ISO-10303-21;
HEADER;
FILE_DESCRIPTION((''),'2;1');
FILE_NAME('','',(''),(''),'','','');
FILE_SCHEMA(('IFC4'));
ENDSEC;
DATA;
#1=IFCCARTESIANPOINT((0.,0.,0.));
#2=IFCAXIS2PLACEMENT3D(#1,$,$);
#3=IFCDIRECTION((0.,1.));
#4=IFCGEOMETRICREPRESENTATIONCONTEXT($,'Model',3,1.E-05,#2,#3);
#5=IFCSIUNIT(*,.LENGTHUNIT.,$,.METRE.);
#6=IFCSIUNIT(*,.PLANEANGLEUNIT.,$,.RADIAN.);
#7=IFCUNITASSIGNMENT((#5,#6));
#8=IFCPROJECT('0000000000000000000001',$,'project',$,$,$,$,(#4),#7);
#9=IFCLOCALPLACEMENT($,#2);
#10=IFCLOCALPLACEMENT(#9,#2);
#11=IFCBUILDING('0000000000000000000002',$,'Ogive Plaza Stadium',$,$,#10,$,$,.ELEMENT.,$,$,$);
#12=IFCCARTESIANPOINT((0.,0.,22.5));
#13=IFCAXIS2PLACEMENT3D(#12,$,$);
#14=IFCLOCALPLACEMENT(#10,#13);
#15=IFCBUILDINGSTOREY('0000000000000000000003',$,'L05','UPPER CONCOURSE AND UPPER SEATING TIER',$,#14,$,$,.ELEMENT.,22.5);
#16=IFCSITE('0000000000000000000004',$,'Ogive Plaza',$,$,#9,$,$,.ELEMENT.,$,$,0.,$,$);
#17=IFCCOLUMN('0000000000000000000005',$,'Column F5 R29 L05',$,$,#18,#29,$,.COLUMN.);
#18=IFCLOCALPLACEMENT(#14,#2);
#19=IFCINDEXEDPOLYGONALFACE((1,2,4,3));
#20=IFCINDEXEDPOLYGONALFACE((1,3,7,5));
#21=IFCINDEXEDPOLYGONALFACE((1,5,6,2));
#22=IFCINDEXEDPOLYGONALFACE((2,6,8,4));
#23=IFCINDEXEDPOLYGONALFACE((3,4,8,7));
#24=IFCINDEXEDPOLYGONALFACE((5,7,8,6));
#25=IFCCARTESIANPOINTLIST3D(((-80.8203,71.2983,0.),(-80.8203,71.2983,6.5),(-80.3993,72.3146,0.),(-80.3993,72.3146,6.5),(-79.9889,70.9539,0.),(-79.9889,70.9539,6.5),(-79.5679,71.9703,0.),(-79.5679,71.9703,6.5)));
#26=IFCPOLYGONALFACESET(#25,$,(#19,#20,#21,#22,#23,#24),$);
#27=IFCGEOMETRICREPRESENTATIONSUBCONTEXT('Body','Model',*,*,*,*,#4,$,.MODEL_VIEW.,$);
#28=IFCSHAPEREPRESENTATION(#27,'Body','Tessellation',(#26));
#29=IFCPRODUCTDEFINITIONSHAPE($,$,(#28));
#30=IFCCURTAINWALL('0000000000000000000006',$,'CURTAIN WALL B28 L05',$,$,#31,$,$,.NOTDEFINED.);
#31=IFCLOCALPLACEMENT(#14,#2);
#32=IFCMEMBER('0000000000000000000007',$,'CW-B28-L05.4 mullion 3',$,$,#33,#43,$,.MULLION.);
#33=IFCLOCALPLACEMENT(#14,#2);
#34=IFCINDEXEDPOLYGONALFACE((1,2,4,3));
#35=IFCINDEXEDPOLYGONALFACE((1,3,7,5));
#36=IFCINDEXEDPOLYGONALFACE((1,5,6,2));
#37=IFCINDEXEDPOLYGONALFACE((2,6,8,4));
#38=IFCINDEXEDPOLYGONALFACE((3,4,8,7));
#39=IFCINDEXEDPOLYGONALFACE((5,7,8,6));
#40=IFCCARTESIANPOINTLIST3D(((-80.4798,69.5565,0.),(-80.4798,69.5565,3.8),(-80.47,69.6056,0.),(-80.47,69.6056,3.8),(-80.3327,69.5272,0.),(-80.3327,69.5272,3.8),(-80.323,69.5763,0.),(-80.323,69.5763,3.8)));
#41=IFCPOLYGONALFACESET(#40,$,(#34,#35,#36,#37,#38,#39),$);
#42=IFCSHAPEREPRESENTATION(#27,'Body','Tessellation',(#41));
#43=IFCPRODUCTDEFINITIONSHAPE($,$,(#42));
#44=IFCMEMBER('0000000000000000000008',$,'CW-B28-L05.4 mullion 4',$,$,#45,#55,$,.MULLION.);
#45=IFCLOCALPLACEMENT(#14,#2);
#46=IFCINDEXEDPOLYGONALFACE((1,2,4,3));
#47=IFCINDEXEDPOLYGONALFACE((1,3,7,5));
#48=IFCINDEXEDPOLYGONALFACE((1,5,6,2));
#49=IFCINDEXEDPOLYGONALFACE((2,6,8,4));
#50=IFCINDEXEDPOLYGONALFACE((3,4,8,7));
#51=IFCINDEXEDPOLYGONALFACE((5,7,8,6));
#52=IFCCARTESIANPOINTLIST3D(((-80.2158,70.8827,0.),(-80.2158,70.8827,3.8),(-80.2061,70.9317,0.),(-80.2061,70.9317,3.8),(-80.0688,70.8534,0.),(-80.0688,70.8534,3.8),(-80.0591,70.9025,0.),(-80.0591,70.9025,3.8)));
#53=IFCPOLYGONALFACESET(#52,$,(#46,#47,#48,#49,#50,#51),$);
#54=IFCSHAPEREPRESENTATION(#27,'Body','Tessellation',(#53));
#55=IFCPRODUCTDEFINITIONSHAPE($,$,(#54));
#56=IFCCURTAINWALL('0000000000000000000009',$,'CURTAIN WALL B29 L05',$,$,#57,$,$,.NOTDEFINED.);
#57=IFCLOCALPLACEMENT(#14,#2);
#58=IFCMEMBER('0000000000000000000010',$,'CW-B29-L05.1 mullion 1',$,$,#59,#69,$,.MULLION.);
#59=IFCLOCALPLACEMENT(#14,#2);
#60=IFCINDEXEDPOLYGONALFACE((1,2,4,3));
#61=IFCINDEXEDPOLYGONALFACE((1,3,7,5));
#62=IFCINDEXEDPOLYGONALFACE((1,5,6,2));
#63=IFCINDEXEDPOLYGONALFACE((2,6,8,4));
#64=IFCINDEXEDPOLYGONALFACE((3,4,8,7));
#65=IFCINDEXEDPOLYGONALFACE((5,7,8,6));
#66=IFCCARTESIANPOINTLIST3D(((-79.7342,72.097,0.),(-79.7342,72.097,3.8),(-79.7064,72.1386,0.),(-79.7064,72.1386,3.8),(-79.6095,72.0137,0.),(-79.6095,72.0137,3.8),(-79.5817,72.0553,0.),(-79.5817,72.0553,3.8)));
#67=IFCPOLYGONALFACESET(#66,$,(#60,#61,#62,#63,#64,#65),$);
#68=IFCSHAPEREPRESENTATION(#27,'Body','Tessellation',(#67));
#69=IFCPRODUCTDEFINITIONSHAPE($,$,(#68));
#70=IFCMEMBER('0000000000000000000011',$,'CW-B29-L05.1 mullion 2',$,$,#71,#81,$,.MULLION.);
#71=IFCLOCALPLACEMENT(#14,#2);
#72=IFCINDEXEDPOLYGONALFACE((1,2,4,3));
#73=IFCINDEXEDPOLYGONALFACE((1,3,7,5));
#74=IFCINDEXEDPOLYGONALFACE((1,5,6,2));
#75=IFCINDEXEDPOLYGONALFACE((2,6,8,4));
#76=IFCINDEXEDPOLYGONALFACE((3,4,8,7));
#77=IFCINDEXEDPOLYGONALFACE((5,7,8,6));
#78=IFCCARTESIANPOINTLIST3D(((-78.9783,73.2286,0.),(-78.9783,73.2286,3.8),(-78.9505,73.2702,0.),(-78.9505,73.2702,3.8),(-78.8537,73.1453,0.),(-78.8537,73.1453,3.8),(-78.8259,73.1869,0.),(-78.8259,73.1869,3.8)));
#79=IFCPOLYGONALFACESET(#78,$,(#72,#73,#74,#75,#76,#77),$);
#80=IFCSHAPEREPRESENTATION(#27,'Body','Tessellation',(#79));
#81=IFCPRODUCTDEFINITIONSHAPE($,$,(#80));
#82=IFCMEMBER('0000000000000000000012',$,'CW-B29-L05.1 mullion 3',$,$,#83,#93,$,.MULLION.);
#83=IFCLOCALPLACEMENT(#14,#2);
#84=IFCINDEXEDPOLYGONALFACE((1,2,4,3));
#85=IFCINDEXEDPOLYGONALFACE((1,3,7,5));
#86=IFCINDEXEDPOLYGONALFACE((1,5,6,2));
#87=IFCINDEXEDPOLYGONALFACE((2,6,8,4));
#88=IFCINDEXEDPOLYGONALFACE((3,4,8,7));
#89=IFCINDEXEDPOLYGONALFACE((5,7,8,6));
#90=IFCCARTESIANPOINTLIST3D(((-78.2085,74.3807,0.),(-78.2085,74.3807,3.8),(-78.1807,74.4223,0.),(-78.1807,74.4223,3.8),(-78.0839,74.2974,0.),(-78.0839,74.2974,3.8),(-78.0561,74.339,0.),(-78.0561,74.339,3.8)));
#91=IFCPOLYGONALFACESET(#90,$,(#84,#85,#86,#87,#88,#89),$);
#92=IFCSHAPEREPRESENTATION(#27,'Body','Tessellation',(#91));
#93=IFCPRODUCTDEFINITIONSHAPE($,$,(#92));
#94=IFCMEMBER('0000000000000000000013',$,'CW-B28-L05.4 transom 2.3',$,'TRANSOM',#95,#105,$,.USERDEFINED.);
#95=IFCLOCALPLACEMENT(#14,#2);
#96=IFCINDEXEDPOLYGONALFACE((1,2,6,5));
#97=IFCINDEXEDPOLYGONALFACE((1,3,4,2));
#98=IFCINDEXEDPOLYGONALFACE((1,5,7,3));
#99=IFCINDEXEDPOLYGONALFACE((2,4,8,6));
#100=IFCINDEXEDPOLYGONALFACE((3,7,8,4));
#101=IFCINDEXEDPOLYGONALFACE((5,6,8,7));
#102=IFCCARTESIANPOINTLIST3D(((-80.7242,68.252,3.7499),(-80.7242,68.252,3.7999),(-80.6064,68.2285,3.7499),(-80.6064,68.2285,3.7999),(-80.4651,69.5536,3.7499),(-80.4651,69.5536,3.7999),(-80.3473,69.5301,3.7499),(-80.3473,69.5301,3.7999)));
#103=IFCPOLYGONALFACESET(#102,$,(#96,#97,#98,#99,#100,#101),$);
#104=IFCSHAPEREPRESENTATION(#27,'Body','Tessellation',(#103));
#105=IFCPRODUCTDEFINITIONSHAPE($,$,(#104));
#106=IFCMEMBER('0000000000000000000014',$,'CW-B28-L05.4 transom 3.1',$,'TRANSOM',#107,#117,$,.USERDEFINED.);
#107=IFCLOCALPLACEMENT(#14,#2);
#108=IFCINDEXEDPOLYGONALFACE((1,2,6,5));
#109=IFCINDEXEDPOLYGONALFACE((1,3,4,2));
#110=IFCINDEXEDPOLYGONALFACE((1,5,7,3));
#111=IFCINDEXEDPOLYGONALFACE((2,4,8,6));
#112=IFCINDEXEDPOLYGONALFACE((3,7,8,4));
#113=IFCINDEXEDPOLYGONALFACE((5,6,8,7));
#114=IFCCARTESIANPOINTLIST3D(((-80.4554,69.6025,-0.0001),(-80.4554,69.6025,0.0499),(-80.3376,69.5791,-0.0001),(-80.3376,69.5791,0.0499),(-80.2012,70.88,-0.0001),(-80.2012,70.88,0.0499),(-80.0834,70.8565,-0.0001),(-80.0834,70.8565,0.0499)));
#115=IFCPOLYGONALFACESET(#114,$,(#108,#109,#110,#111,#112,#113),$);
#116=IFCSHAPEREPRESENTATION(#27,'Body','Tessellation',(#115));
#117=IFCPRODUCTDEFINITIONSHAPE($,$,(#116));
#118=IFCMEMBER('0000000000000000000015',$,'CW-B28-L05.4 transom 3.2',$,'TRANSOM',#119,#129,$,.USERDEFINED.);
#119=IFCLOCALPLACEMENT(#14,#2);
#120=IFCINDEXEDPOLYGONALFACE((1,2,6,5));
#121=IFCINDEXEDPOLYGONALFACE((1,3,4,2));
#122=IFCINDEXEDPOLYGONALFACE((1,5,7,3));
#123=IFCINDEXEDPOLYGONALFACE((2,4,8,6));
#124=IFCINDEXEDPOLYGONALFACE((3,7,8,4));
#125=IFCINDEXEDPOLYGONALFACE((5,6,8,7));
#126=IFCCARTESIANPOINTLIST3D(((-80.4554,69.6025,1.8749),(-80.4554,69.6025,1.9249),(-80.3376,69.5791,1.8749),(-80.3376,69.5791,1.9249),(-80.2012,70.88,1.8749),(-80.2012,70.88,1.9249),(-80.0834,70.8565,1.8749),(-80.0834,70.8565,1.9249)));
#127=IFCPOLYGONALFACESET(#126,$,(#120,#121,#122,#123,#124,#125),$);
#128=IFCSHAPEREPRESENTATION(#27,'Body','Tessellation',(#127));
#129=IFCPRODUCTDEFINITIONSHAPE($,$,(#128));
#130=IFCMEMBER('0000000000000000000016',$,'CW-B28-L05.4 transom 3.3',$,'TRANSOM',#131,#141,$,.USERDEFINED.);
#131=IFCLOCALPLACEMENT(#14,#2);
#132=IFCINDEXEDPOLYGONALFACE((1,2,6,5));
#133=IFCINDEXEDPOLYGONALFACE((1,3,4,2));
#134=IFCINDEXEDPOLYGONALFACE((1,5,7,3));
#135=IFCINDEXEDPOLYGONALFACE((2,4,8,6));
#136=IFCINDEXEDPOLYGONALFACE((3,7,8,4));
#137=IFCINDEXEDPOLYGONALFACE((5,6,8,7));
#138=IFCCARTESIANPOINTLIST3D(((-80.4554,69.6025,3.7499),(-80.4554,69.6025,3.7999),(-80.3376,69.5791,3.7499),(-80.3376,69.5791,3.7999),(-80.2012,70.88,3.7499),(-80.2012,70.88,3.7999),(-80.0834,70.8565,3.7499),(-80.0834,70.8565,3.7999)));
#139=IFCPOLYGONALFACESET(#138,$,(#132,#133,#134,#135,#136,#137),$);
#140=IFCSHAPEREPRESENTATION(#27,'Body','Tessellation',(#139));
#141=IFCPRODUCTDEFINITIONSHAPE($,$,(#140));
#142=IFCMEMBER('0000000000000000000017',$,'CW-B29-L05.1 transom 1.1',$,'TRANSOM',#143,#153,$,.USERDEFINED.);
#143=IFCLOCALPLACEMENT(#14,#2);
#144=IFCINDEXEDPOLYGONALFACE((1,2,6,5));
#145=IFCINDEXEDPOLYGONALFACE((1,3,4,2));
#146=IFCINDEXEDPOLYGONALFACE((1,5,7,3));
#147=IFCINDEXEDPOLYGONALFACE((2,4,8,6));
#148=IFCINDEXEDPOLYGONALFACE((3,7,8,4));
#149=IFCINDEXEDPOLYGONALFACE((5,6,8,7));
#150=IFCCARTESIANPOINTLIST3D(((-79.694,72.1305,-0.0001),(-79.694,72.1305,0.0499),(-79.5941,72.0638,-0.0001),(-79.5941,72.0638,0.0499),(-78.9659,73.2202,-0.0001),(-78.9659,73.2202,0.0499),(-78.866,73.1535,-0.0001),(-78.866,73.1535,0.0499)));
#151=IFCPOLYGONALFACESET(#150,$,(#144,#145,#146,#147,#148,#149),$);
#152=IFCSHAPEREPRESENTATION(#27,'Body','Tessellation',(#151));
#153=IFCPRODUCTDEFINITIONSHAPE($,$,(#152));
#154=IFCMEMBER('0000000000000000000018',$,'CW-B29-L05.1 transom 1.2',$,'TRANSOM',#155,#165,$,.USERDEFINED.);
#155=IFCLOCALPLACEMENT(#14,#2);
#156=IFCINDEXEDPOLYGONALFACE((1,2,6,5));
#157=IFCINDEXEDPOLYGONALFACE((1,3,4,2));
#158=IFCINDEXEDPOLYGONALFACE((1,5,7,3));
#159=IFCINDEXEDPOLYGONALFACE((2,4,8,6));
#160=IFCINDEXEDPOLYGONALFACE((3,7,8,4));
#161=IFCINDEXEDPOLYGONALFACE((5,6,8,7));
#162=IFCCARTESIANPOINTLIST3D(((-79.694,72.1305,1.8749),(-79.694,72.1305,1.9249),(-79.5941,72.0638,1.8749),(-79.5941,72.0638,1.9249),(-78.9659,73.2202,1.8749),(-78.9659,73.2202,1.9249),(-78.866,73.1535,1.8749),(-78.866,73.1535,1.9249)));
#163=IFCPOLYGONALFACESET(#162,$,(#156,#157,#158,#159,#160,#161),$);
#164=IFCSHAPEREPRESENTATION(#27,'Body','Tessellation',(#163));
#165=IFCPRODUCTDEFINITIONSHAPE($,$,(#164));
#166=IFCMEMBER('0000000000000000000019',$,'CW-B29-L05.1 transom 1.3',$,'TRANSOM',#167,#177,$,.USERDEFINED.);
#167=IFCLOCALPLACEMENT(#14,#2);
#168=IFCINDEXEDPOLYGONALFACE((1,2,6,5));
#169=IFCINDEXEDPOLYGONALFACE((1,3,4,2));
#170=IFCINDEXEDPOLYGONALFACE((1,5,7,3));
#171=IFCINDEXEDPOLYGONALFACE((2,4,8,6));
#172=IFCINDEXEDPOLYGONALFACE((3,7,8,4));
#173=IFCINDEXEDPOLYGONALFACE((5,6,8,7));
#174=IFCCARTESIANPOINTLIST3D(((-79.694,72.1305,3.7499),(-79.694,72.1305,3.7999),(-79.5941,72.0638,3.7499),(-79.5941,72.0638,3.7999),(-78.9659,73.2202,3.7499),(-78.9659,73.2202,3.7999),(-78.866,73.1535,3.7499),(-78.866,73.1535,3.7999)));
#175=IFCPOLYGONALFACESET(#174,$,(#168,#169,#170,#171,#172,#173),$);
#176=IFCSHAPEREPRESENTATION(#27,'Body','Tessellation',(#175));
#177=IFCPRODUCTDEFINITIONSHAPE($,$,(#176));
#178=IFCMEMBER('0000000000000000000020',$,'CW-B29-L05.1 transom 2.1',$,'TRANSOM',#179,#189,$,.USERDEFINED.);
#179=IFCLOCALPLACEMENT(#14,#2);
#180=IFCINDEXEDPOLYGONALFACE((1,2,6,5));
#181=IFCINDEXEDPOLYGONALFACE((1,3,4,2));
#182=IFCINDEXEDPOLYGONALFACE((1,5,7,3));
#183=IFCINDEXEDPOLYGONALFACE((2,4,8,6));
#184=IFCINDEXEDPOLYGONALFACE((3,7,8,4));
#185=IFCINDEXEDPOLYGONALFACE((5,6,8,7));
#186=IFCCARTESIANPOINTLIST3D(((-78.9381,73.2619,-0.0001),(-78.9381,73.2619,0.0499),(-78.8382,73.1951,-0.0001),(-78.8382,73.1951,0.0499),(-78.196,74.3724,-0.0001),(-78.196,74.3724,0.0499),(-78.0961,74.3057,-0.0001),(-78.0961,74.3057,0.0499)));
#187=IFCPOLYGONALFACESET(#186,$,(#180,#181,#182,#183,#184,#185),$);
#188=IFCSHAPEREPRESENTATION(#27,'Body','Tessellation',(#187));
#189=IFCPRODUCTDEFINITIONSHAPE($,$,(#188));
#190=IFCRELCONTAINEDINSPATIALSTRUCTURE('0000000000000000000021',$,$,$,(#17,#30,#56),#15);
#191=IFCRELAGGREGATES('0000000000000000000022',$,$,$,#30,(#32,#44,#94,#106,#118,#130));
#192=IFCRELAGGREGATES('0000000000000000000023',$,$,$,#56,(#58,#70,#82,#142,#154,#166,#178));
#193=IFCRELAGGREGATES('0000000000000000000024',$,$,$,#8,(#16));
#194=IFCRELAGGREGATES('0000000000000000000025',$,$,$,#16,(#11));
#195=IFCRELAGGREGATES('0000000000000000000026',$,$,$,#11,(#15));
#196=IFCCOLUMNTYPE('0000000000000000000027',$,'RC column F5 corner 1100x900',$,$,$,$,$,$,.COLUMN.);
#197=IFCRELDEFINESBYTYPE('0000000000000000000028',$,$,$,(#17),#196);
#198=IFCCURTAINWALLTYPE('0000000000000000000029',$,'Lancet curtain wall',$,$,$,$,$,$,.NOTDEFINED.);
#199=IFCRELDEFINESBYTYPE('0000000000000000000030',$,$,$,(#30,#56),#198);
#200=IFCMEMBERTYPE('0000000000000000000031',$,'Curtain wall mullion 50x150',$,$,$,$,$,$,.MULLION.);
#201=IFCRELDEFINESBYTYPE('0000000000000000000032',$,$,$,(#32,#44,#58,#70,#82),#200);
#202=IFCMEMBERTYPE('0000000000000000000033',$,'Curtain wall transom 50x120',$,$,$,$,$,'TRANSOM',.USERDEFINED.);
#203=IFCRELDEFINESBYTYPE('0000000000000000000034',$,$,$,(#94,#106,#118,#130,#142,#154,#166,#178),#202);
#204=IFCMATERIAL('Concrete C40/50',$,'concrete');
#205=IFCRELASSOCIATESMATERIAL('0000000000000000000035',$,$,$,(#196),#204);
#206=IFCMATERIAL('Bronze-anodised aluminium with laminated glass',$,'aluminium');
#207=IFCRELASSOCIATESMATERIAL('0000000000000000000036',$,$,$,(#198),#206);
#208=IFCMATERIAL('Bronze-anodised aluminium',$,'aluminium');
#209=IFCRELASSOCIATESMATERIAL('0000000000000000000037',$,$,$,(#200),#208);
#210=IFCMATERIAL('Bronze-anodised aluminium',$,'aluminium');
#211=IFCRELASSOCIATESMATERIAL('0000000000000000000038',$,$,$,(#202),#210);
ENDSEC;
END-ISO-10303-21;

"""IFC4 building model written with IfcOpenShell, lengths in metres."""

from ifc_helpers import new_model, si_unit, direction, frame, origin, origin_2d, place, context, subcontext, project, spatial, rectangle, extrude, material, material_profile, profile_set, type_object, element, aggregate, save


model = new_model("IFC4")

# Units and contexts
model_context = context("Model", 3, precision=1e-05, world=origin(), true_north=direction((0.0, 1.0)))
body_context = subcontext(model_context, "Body", "Model", "MODEL_VIEW")
ifc_project = project(units=[si_unit("LENGTHUNIT", "METRE"), si_unit("PLANEANGLEUNIT", "RADIAN")], contexts=[model_context])

# Site, building, storey
site_placement = place(None, origin())
site = spatial("IfcSite", under=ifc_project, at=site_placement, Name="Ogive Plaza", CompositionType="ELEMENT", RefElevation=0.0)
building_placement = place(site_placement, origin())
building = spatial("IfcBuilding", under=site, at=building_placement, Name="Ogive Plaza Stadium", CompositionType="ELEMENT")
storey_placement = place(building_placement, frame((0.0, 0.0, 22.5)))
storey = spatial("IfcBuildingStorey", under=building, at=storey_placement, Name="L05", Description="UPPER CONCOURSE AND UPPER SEATING TIER", CompositionType="ELEMENT", Elevation=22.5)

# Column
ifc_material_1 = material(Name="Concrete C40/50", Category="concrete")
ifc_material_profile_1 = material_profile(ifc_material_1, rectangle(XDim=1.1001, YDim=0.8999, at=origin_2d()), Name="RC 1100x900")
ifc_profile_set_1 = profile_set([ifc_material_profile_1], Name="Concrete C40/50")
column_type = type_object("IfcColumnType", Name="RC column F5 corner 1100x900", PredefinedType="COLUMN", material=ifc_profile_set_1)
column_placement = place(storey_placement, frame((-80.1941, 71.6343, 0.0), z_axis=(0.0, 0.0, 1.0), x_axis=(-0.382683, -0.92388, 0.0)))
element("IfcColumn", 1, at=column_placement, inside=storey, type_object=column_type, Name="Column F5 R29 L05", PredefinedType="COLUMN", context=body_context, shape_type="SweptSolid", body=[
    extrude(rectangle(XDim=1.1001, YDim=0.8999, at=origin_2d()), origin(), (0.0, 0.0, 1.0), 6.5),
])

# Curtain walls, members
ifc_material_2 = material(Name="Bronze-anodised aluminium with laminated glass", Category="aluminium")
curtain_wall_type = type_object("IfcCurtainWallType", Name="Lancet curtain wall", PredefinedType="NOTDEFINED", material=ifc_material_2)
curtain_wall_1_placement = place(storey_placement, origin())
curtain_wall_1 = element("IfcCurtainWall", 2, at=curtain_wall_1_placement, inside=storey, type_object=curtain_wall_type, Name="CURTAIN WALL B28 L05", PredefinedType="NOTDEFINED")
ifc_material_3 = material(Name="Bronze-anodised aluminium", Category="aluminium")
ifc_material_profile_2 = material_profile(ifc_material_3, rectangle(XDim=0.1499, YDim=0.05, at=origin_2d()), Name="AL 150x50")
ifc_profile_set_2 = profile_set([ifc_material_profile_2], Name="Bronze-anodised aluminium")
member_type_1 = type_object("IfcMemberType", Name="Curtain wall mullion 50x150", PredefinedType="MULLION", material=ifc_profile_set_2)
member_1_placement = place(storey_placement, frame((-80.4014, 69.5664, 0.0), z_axis=(0.0, 0.0, 1.0), x_axis=(-0.980785, 0.19509, 0.0)))
member_1 = element("IfcMember", 3, at=member_1_placement, type_object=member_type_1, Name="CW-B28-L05.4 mullion 3", PredefinedType="MULLION", context=body_context, shape_type="SweptSolid", body=[
    extrude(rectangle(XDim=0.1499, YDim=0.05, at=origin_2d()), origin(), (0.0, 0.0, 1.0), 3.8),
])
member_2_placement = place(storey_placement, frame((-80.1375, 70.8926, 0.0), z_axis=(0.0, 0.0, 1.0), x_axis=(-0.980785, 0.19509, 0.0)))
member_2 = element("IfcMember", 4, at=member_2_placement, type_object=member_type_1, Name="CW-B28-L05.4 mullion 4", PredefinedType="MULLION", context=body_context, shape_type="SweptSolid", body=[
    extrude(rectangle(XDim=0.1499, YDim=0.05, at=origin_2d()), origin(), (0.0, 0.0, 1.0), 3.8),
])
curtain_wall_2_placement = place(storey_placement, origin())
curtain_wall_2 = element("IfcCurtainWall", 5, at=curtain_wall_2_placement, inside=storey, type_object=curtain_wall_type, Name="CURTAIN WALL B29 L05", PredefinedType="NOTDEFINED")
member_3_placement = place(storey_placement, frame((-79.658, 72.0762, 0.0), z_axis=(0.0, 0.0, 1.0), x_axis=(-0.83147, 0.55557, 0.0)))
member_3 = element("IfcMember", 6, at=member_3_placement, type_object=member_type_1, Name="CW-B29-L05.1 mullion 1", PredefinedType="MULLION", context=body_context, shape_type="SweptSolid", body=[
    extrude(rectangle(XDim=0.1499, YDim=0.05, at=origin_2d()), origin(), (0.0, 0.0, 1.0), 3.8),
])
member_4_placement = place(storey_placement, frame((-78.9021, 73.2078, 0.0), z_axis=(0.0, 0.0, 1.0), x_axis=(-0.83147, 0.55557, 0.0)))
member_4 = element("IfcMember", 7, at=member_4_placement, type_object=member_type_1, Name="CW-B29-L05.1 mullion 2", PredefinedType="MULLION", context=body_context, shape_type="SweptSolid", body=[
    extrude(rectangle(XDim=0.1499, YDim=0.05, at=origin_2d()), origin(), (0.0, 0.0, 1.0), 3.8),
])
member_5_placement = place(storey_placement, frame((-78.1323, 74.3599, 0.0), z_axis=(0.0, 0.0, 1.0), x_axis=(-0.83147, 0.55557, 0.0)))
member_5 = element("IfcMember", 8, at=member_5_placement, type_object=member_type_1, Name="CW-B29-L05.1 mullion 3", PredefinedType="MULLION", context=body_context, shape_type="SweptSolid", body=[
    extrude(rectangle(XDim=0.1499, YDim=0.05, at=origin_2d()), origin(), (0.0, 0.0, 1.0), 3.8),
])

# Members
ifc_material_4 = material(Name="Bronze-anodised aluminium", Category="aluminium")
ifc_material_profile_3 = material_profile(ifc_material_4, rectangle(XDim=0.1201, YDim=0.05, at=origin_2d()), Name="AL 120x50")
ifc_profile_set_3 = profile_set([ifc_material_profile_3], Name="Bronze-anodised aluminium")
member_type_2 = type_object("IfcMemberType", Name="Curtain wall transom 50x120", ElementType="TRANSOM", PredefinedType="USERDEFINED", material=ifc_profile_set_3)
member_6_placement = place(storey_placement, frame((-80.6653, 68.2402, 3.7749), z_axis=(0.195196, 0.980764, 0.0), x_axis=(-0.980764, 0.195196, 0.0)))
member_6 = element("IfcMember", 9, at=member_6_placement, type_object=member_type_2, Name="CW-B28-L05.4 transom 2.3", ObjectType="TRANSOM", PredefinedType="USERDEFINED", context=body_context, shape_type="SweptSolid", body=[
    extrude(rectangle(XDim=0.1201, YDim=0.05, at=origin_2d()), origin(), (0.0, 0.0, 1.0), 1.3271),
])
member_7_placement = place(storey_placement, frame((-80.3965, 69.5908, 0.0249), z_axis=(0.195143, 0.980775, 0.0), x_axis=(-0.980775, 0.195143, 0.0)))
member_7 = element("IfcMember", 10, at=member_7_placement, type_object=member_type_2, Name="CW-B28-L05.4 transom 3.1", ObjectType="TRANSOM", PredefinedType="USERDEFINED", context=body_context, shape_type="SweptSolid", body=[
    extrude(rectangle(XDim=0.1201, YDim=0.05, at=origin_2d()), origin(), (0.0, 0.0, 1.0), 1.3025),
])
member_8_placement = place(storey_placement, frame((-80.3965, 69.5908, 1.8999), z_axis=(0.195143, 0.980775, 0.0), x_axis=(-0.980775, 0.195143, 0.0)))
member_8 = element("IfcMember", 11, at=member_8_placement, type_object=member_type_2, Name="CW-B28-L05.4 transom 3.2", ObjectType="TRANSOM", PredefinedType="USERDEFINED", context=body_context, shape_type="SweptSolid", body=[
    extrude(rectangle(XDim=0.1201, YDim=0.05, at=origin_2d()), origin(), (0.0, 0.0, 1.0), 1.3025),
])
member_9_placement = place(storey_placement, frame((-80.3965, 69.5908, 3.7749), z_axis=(0.195143, 0.980775, 0.0), x_axis=(-0.980775, 0.195143, 0.0)))
member_9 = element("IfcMember", 12, at=member_9_placement, type_object=member_type_2, Name="CW-B28-L05.4 transom 3.3", ObjectType="TRANSOM", PredefinedType="USERDEFINED", context=body_context, shape_type="SweptSolid", body=[
    extrude(rectangle(XDim=0.1201, YDim=0.05, at=origin_2d()), origin(), (0.0, 0.0, 1.0), 1.3025),
])
member_10_placement = place(storey_placement, frame((-79.644, 72.0972, 0.0249), z_axis=(0.55556, 0.831477, 0.0), x_axis=(-0.831477, 0.55556, 0.0)))
member_10 = element("IfcMember", 13, at=member_10_placement, type_object=member_type_2, Name="CW-B29-L05.1 transom 1.1", ObjectType="TRANSOM", PredefinedType="USERDEFINED", context=body_context, shape_type="SweptSolid", body=[
    extrude(rectangle(XDim=0.1201, YDim=0.05, at=origin_2d()), origin(), (0.0, 0.0, 1.0), 1.3105),
])
member_11_placement = place(storey_placement, frame((-79.644, 72.0972, 1.8999), z_axis=(0.55556, 0.831477, 0.0), x_axis=(-0.831477, 0.55556, 0.0)))
member_11 = element("IfcMember", 14, at=member_11_placement, type_object=member_type_2, Name="CW-B29-L05.1 transom 1.2", ObjectType="TRANSOM", PredefinedType="USERDEFINED", context=body_context, shape_type="SweptSolid", body=[
    extrude(rectangle(XDim=0.1201, YDim=0.05, at=origin_2d()), origin(), (0.0, 0.0, 1.0), 1.3105),
])
member_12_placement = place(storey_placement, frame((-79.644, 72.0972, 3.7749), z_axis=(0.55556, 0.831477, 0.0), x_axis=(-0.831477, 0.55556, 0.0)))
member_12 = element("IfcMember", 15, at=member_12_placement, type_object=member_type_2, Name="CW-B29-L05.1 transom 1.3", ObjectType="TRANSOM", PredefinedType="USERDEFINED", context=body_context, shape_type="SweptSolid", body=[
    extrude(rectangle(XDim=0.1201, YDim=0.05, at=origin_2d()), origin(), (0.0, 0.0, 1.0), 1.3105),
])
member_13_placement = place(storey_placement, frame((-78.8882, 73.2285, 0.0249), z_axis=(0.555628, 0.831431, 0.0), x_axis=(-0.831431, 0.555628, 0.0)))
member_13 = element("IfcMember", 16, at=member_13_placement, type_object=member_type_2, Name="CW-B29-L05.1 transom 2.1", ObjectType="TRANSOM", PredefinedType="USERDEFINED", context=body_context, shape_type="SweptSolid", body=[
    extrude(rectangle(XDim=0.1201, YDim=0.05, at=origin_2d()), origin(), (0.0, 0.0, 1.0), 1.3357),
])

aggregate(curtain_wall_1, [member_1, member_2, member_6, member_7, member_8, member_9])
aggregate(curtain_wall_2, [member_3, member_4, member_5, member_10, member_11, member_12, member_13])

save(model, "model.ifc")
